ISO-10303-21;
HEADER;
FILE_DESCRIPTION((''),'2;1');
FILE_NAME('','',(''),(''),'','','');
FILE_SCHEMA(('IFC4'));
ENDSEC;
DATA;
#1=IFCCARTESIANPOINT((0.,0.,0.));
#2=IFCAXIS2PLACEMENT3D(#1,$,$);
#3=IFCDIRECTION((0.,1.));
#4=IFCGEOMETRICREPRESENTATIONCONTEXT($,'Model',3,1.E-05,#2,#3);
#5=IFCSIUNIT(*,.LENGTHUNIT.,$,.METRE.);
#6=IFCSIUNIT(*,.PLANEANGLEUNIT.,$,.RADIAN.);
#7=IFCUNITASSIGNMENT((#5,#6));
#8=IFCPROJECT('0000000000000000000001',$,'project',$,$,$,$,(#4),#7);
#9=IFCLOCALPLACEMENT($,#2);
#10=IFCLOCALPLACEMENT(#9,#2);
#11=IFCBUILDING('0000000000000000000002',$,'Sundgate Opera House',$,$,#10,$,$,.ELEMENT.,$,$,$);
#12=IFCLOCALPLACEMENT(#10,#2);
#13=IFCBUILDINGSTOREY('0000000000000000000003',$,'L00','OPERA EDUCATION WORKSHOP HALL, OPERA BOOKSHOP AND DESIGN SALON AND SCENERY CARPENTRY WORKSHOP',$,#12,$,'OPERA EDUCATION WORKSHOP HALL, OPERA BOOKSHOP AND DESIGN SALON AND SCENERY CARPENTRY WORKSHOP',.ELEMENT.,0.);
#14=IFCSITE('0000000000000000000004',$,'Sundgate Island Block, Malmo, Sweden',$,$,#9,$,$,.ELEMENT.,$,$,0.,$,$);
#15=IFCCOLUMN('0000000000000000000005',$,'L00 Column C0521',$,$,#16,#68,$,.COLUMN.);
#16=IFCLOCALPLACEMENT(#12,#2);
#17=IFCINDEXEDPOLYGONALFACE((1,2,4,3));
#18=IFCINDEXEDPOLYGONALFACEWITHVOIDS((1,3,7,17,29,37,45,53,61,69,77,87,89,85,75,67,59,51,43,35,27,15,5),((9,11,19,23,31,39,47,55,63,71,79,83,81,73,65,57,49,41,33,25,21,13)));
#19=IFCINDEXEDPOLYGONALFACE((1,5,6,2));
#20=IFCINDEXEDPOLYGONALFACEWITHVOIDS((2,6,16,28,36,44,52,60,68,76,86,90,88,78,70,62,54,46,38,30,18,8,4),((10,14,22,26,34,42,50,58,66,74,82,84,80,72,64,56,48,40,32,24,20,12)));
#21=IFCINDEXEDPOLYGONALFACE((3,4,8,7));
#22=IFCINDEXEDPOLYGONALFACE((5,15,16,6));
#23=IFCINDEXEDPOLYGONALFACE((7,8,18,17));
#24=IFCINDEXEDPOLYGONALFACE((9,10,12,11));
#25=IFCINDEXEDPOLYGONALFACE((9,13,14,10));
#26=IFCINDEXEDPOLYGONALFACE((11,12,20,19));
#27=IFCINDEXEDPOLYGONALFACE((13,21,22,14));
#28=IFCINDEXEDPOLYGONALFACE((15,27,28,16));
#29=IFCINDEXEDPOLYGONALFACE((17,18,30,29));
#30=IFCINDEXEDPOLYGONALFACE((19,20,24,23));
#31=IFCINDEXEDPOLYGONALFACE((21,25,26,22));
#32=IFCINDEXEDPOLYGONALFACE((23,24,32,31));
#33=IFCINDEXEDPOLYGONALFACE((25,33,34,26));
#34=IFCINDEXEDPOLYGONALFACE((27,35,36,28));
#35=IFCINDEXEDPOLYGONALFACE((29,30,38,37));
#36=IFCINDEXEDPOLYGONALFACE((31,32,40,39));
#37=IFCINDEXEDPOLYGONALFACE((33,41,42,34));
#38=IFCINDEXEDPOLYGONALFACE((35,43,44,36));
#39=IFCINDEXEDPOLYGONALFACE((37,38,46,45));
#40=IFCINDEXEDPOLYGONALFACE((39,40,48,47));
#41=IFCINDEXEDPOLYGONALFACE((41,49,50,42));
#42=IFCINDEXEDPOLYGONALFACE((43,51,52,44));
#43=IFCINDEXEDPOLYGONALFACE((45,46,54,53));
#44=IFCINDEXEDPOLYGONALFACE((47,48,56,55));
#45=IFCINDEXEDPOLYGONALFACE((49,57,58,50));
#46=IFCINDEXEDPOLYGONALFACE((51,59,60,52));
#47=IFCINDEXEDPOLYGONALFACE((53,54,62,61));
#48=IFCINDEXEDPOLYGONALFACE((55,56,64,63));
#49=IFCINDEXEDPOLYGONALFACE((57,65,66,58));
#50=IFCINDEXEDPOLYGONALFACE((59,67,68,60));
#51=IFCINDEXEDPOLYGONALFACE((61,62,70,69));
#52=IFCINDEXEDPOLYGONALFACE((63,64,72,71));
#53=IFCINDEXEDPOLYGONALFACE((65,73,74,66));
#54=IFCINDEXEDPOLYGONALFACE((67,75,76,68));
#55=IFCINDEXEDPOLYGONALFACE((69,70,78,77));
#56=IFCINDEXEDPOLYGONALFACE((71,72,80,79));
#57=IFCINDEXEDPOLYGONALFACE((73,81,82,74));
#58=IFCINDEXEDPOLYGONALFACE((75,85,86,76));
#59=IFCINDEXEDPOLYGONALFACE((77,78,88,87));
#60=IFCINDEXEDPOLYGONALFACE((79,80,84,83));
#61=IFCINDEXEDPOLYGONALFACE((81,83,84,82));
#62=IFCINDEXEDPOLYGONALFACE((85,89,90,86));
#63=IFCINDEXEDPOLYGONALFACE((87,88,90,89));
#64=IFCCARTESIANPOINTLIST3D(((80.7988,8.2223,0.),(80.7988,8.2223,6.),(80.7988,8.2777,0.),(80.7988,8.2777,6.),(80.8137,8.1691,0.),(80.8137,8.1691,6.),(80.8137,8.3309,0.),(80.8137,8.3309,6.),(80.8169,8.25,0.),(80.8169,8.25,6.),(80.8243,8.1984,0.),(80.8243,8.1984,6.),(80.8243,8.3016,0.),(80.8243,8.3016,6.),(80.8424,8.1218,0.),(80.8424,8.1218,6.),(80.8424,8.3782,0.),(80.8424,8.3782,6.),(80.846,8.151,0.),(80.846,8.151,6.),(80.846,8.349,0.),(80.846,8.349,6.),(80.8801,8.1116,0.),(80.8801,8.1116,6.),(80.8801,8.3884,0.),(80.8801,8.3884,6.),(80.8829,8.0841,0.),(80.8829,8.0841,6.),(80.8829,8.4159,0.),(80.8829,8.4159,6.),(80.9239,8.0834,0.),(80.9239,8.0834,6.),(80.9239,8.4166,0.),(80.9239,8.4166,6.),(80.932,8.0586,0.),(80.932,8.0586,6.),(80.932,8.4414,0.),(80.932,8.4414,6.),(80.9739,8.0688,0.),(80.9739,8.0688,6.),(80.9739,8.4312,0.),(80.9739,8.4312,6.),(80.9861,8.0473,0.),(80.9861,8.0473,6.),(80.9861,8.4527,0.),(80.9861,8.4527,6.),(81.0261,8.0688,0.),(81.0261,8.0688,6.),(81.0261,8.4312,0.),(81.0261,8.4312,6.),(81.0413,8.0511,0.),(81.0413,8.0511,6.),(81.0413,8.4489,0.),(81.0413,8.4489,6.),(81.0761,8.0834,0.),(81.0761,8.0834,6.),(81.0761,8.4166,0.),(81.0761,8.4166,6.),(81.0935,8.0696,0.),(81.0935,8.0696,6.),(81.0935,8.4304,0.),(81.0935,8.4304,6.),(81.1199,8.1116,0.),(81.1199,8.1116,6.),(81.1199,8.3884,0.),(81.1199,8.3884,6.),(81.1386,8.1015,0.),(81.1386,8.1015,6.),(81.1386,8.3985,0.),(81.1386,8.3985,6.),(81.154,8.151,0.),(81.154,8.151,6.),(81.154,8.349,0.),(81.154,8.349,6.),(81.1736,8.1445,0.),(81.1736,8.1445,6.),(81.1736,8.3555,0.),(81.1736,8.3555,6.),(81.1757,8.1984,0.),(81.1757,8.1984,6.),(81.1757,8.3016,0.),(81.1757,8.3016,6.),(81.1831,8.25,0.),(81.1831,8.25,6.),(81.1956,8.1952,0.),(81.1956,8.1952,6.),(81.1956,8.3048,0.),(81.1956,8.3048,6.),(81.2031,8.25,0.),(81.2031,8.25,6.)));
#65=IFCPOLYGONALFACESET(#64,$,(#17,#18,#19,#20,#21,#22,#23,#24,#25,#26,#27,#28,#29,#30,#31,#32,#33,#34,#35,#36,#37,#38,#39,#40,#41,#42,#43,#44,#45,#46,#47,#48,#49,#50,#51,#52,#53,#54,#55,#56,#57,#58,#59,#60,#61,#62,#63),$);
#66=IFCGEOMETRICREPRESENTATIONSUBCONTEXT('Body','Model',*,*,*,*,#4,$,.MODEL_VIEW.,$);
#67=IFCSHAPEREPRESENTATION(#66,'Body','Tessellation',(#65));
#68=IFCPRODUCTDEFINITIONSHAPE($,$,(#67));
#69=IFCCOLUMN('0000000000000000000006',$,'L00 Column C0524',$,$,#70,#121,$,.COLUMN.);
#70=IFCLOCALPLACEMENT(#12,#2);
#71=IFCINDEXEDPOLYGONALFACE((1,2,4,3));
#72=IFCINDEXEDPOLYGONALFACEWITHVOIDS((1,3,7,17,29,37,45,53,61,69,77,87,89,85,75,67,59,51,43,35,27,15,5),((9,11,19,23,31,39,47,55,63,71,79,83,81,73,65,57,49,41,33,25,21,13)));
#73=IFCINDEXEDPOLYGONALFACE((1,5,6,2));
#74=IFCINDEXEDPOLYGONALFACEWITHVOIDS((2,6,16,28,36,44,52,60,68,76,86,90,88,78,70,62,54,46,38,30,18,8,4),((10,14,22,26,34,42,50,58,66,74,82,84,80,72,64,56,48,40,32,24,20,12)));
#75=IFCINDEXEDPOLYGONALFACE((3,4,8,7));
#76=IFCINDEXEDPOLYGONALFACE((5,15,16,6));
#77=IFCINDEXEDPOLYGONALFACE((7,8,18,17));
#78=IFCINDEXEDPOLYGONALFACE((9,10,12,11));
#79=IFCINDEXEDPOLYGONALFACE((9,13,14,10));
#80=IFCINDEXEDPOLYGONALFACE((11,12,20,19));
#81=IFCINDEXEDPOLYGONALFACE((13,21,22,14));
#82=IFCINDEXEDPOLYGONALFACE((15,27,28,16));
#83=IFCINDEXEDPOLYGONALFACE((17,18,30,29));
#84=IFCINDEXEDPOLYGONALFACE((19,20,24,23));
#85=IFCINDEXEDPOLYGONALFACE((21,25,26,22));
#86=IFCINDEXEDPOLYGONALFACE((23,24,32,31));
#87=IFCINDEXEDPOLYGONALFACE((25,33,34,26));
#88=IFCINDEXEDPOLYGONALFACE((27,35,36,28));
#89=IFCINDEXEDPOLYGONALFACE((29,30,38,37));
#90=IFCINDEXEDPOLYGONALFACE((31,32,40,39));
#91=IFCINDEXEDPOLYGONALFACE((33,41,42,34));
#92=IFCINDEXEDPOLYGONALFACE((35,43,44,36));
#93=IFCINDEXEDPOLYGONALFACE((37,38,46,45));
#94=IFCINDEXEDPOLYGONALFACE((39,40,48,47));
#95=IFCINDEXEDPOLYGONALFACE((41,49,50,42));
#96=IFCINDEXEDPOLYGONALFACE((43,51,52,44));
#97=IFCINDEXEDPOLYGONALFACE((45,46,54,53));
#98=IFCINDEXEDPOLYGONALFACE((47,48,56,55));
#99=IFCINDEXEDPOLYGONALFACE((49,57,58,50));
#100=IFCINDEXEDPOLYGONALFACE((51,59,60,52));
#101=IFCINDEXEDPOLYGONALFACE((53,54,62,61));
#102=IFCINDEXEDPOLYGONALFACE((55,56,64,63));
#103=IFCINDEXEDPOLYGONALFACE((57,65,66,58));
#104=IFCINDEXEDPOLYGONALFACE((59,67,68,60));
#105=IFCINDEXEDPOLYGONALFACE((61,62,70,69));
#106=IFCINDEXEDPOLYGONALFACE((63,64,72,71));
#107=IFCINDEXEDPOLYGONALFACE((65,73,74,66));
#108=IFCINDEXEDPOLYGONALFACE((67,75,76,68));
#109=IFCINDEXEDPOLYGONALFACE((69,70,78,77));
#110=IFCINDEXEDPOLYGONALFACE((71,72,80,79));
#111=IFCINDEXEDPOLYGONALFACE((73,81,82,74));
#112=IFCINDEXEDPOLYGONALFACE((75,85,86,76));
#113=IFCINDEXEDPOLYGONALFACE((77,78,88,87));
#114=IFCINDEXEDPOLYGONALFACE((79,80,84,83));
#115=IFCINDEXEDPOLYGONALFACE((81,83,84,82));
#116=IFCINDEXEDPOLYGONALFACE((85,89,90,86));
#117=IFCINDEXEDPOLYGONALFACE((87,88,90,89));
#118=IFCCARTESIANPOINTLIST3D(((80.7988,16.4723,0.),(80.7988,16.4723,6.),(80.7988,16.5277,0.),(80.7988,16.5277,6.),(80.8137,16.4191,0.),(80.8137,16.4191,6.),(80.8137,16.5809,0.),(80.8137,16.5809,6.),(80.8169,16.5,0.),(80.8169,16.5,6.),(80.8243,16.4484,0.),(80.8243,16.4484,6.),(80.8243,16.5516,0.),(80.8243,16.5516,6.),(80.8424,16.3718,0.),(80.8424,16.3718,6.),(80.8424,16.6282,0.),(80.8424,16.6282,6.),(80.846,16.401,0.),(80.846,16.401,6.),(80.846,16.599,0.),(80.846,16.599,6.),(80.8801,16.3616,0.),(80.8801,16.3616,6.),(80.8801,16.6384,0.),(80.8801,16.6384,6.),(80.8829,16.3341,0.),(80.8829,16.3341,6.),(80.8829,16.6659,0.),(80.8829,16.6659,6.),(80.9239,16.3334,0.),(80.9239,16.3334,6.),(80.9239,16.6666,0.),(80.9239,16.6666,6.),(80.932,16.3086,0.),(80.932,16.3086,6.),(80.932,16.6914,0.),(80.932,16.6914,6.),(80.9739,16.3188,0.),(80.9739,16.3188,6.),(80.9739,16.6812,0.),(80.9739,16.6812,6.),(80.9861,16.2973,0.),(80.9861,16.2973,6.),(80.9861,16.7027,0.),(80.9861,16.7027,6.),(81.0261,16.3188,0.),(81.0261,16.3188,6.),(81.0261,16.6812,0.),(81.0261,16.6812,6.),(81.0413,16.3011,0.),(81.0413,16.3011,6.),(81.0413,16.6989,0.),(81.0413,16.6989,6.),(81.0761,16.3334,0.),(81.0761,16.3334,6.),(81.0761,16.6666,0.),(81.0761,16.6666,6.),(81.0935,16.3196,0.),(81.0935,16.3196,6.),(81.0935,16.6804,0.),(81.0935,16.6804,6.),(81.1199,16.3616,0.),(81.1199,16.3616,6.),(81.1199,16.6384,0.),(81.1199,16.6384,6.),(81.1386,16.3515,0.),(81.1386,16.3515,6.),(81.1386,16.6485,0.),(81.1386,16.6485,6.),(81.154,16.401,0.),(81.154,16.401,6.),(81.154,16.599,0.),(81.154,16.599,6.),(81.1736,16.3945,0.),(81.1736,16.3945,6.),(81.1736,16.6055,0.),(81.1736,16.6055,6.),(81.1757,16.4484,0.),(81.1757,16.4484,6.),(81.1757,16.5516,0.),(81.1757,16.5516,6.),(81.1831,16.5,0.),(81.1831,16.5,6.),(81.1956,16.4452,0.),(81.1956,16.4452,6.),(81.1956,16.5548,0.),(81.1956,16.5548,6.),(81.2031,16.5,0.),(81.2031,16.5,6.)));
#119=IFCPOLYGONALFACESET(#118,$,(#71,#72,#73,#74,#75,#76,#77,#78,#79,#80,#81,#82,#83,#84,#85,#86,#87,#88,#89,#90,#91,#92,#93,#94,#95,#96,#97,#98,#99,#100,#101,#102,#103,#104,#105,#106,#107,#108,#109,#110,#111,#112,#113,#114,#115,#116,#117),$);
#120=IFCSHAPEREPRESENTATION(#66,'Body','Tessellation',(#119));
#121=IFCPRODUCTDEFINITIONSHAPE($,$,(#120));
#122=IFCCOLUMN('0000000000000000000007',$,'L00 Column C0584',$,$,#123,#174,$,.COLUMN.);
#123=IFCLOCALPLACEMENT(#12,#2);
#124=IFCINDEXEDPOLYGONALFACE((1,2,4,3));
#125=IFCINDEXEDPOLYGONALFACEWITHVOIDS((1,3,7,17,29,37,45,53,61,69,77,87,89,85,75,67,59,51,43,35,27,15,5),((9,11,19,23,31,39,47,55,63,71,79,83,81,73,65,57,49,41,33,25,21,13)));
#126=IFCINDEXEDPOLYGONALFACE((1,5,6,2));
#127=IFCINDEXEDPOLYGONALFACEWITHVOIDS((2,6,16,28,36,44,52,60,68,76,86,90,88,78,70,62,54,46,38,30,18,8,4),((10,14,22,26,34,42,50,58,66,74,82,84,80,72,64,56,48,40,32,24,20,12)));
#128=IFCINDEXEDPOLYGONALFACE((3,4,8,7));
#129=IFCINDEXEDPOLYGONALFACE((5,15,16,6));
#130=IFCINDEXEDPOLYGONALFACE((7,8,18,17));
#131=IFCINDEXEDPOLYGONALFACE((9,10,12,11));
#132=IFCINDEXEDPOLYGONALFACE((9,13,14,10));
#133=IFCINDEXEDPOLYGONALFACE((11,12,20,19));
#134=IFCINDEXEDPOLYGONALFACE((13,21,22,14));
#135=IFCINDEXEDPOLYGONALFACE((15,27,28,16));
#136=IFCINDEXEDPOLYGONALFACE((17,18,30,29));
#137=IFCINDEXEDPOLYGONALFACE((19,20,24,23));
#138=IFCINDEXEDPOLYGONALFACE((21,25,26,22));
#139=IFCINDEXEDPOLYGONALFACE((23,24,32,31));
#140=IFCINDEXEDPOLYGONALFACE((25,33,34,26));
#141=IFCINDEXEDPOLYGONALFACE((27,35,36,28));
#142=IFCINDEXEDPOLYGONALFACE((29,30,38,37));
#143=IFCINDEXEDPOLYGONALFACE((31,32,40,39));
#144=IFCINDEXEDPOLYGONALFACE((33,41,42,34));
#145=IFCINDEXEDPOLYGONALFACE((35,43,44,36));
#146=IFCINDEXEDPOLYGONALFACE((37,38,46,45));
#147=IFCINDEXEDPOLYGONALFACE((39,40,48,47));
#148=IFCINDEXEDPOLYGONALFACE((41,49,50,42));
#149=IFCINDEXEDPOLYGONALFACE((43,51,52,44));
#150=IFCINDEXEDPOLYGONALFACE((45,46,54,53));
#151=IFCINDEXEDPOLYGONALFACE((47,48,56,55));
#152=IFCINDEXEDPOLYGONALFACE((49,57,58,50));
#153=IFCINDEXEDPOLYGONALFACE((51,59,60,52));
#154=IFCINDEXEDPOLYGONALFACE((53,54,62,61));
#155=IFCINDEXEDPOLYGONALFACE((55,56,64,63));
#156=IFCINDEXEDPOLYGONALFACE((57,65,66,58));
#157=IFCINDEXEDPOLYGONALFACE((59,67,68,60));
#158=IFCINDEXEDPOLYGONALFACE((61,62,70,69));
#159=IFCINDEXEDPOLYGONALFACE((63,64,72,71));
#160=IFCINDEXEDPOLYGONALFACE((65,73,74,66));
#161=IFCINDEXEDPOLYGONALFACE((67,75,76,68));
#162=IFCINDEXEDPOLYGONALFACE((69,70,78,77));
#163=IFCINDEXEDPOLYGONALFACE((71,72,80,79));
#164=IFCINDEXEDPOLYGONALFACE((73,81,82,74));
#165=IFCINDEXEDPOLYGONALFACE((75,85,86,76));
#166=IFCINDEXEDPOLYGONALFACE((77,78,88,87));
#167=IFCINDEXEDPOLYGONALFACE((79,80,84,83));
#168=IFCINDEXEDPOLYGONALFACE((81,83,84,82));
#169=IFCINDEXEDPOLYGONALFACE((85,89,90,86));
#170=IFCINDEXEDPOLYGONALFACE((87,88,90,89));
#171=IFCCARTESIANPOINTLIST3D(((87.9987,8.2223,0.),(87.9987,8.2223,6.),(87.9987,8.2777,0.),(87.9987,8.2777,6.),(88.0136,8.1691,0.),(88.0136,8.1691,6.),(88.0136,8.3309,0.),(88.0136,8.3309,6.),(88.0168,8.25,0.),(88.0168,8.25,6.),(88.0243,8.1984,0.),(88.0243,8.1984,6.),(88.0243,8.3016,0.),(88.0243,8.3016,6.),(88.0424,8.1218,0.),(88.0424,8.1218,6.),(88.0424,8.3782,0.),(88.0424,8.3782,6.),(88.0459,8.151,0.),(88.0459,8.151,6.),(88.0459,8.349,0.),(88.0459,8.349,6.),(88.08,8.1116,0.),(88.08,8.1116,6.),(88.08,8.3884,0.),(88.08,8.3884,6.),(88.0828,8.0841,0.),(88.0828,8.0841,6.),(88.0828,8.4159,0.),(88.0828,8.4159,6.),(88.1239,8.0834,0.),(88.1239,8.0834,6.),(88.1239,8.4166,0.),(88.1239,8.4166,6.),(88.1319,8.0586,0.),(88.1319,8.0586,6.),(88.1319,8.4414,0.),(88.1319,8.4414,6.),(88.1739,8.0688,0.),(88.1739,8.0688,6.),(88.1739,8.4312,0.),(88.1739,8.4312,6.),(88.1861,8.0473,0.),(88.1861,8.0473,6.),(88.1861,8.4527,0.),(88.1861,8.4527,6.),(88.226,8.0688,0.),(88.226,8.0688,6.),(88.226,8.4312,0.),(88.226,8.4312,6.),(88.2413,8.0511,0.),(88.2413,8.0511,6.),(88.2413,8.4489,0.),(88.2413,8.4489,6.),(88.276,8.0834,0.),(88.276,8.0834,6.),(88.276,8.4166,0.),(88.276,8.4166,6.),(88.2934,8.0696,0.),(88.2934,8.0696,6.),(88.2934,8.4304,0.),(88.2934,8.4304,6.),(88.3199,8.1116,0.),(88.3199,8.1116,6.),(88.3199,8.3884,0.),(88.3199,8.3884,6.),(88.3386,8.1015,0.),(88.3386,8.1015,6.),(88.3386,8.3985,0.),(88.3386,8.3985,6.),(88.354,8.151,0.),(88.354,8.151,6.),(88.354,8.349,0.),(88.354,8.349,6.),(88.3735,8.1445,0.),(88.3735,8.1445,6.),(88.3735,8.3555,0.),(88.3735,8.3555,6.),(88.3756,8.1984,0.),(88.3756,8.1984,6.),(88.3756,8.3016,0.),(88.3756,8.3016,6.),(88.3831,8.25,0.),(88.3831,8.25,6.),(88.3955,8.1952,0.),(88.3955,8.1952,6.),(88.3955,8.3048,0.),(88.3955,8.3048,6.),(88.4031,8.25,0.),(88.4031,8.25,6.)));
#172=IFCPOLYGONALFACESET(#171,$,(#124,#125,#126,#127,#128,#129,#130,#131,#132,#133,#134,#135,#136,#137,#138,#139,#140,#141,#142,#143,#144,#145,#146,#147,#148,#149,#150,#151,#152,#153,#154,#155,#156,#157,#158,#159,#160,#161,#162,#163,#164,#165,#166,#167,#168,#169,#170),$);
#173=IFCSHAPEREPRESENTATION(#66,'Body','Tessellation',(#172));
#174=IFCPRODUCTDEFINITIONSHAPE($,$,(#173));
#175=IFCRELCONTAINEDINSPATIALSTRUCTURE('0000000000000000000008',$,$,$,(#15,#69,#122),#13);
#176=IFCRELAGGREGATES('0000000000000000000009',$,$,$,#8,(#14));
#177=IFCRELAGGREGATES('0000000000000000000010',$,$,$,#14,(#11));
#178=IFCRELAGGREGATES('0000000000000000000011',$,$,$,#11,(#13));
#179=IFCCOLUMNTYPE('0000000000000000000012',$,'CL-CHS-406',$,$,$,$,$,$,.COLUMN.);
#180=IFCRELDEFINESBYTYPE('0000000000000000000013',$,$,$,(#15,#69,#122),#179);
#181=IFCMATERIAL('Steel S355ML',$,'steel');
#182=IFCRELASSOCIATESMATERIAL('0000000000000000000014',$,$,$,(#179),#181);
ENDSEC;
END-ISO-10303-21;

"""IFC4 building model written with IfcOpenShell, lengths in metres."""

from ifc_helpers import new_model, si_unit, direction, frame, origin, origin_2d, place, context, subcontext, project, spatial, hollow_circle, extrude, material, material_profile, profile_set, type_object, element, save


model = new_model("IFC4")

# Units and contexts
model_context = context("Model", 3, precision=1e-05, world=origin(), true_north=direction((0.0, 1.0)))
body_context = subcontext(model_context, "Body", "Model", "MODEL_VIEW")
ifc_project = project(units=[si_unit("LENGTHUNIT", "METRE"), si_unit("PLANEANGLEUNIT", "RADIAN")], contexts=[model_context])

# Site, building, storey
site_placement = place(None, origin())
site = spatial("IfcSite", under=ifc_project, at=site_placement, Name="Sundgate Island Block, Malmo, Sweden", CompositionType="ELEMENT", RefElevation=0.0)
building_placement = place(site_placement, origin())
building = spatial("IfcBuilding", under=site, at=building_placement, Name="Sundgate Opera House", CompositionType="ELEMENT")
storey_placement = place(building_placement, origin())
storey = spatial("IfcBuildingStorey", under=building, at=storey_placement, Name="L00", Description="OPERA EDUCATION WORKSHOP HALL, OPERA BOOKSHOP AND DESIGN SALON AND SCENERY CARPENTRY WORKSHOP", LongName="OPERA EDUCATION WORKSHOP HALL, OPERA BOOKSHOP AND DESIGN SALON AND SCENERY CARPENTRY WORKSHOP", CompositionType="ELEMENT", Elevation=0.0)

# Columns
ifc_material_1 = material(Name="Steel S355ML", Category="steel")
ifc_material_profile_1 = material_profile(ifc_material_1, hollow_circle(Radius=0.2031, WallThickness=0.02, at=origin_2d()), Name="CHS 406.4x20.0")
ifc_profile_set_1 = profile_set([ifc_material_profile_1], Name="Steel S355ML")
column_type = type_object("IfcColumnType", Name="CL-CHS-406", PredefinedType="COLUMN", material=ifc_profile_set_1)
for number, where, z_axis, x_axis, name in (
    (1, (81.0, 8.25, 0.0), (0.0, 0.0, 1.0), (1.0, 0.0, 0.0), "L00 Column C0521"),
    (2, (81.0, 16.5, 0.0), (0.0, 0.0, 1.0), (1.0, 0.0, 0.0), "L00 Column C0524"),
    (3, (88.2, 8.25, 0.0), (0.0, 0.0, 1.0), (1.0, 0.0, 0.0), "L00 Column C0584"),
):
    element("IfcColumn", number, at=place(storey_placement, frame(where, z_axis=z_axis, x_axis=x_axis)), inside=storey, type_object=column_type, Name=name, PredefinedType="COLUMN", context=body_context, shape_type="SweptSolid", body=[
        extrude(hollow_circle(Radius=0.2031, WallThickness=0.02, at=origin_2d()), origin(), (0.0, 0.0, 1.0), 6.0),
    ])

save(model, "model.ifc")
